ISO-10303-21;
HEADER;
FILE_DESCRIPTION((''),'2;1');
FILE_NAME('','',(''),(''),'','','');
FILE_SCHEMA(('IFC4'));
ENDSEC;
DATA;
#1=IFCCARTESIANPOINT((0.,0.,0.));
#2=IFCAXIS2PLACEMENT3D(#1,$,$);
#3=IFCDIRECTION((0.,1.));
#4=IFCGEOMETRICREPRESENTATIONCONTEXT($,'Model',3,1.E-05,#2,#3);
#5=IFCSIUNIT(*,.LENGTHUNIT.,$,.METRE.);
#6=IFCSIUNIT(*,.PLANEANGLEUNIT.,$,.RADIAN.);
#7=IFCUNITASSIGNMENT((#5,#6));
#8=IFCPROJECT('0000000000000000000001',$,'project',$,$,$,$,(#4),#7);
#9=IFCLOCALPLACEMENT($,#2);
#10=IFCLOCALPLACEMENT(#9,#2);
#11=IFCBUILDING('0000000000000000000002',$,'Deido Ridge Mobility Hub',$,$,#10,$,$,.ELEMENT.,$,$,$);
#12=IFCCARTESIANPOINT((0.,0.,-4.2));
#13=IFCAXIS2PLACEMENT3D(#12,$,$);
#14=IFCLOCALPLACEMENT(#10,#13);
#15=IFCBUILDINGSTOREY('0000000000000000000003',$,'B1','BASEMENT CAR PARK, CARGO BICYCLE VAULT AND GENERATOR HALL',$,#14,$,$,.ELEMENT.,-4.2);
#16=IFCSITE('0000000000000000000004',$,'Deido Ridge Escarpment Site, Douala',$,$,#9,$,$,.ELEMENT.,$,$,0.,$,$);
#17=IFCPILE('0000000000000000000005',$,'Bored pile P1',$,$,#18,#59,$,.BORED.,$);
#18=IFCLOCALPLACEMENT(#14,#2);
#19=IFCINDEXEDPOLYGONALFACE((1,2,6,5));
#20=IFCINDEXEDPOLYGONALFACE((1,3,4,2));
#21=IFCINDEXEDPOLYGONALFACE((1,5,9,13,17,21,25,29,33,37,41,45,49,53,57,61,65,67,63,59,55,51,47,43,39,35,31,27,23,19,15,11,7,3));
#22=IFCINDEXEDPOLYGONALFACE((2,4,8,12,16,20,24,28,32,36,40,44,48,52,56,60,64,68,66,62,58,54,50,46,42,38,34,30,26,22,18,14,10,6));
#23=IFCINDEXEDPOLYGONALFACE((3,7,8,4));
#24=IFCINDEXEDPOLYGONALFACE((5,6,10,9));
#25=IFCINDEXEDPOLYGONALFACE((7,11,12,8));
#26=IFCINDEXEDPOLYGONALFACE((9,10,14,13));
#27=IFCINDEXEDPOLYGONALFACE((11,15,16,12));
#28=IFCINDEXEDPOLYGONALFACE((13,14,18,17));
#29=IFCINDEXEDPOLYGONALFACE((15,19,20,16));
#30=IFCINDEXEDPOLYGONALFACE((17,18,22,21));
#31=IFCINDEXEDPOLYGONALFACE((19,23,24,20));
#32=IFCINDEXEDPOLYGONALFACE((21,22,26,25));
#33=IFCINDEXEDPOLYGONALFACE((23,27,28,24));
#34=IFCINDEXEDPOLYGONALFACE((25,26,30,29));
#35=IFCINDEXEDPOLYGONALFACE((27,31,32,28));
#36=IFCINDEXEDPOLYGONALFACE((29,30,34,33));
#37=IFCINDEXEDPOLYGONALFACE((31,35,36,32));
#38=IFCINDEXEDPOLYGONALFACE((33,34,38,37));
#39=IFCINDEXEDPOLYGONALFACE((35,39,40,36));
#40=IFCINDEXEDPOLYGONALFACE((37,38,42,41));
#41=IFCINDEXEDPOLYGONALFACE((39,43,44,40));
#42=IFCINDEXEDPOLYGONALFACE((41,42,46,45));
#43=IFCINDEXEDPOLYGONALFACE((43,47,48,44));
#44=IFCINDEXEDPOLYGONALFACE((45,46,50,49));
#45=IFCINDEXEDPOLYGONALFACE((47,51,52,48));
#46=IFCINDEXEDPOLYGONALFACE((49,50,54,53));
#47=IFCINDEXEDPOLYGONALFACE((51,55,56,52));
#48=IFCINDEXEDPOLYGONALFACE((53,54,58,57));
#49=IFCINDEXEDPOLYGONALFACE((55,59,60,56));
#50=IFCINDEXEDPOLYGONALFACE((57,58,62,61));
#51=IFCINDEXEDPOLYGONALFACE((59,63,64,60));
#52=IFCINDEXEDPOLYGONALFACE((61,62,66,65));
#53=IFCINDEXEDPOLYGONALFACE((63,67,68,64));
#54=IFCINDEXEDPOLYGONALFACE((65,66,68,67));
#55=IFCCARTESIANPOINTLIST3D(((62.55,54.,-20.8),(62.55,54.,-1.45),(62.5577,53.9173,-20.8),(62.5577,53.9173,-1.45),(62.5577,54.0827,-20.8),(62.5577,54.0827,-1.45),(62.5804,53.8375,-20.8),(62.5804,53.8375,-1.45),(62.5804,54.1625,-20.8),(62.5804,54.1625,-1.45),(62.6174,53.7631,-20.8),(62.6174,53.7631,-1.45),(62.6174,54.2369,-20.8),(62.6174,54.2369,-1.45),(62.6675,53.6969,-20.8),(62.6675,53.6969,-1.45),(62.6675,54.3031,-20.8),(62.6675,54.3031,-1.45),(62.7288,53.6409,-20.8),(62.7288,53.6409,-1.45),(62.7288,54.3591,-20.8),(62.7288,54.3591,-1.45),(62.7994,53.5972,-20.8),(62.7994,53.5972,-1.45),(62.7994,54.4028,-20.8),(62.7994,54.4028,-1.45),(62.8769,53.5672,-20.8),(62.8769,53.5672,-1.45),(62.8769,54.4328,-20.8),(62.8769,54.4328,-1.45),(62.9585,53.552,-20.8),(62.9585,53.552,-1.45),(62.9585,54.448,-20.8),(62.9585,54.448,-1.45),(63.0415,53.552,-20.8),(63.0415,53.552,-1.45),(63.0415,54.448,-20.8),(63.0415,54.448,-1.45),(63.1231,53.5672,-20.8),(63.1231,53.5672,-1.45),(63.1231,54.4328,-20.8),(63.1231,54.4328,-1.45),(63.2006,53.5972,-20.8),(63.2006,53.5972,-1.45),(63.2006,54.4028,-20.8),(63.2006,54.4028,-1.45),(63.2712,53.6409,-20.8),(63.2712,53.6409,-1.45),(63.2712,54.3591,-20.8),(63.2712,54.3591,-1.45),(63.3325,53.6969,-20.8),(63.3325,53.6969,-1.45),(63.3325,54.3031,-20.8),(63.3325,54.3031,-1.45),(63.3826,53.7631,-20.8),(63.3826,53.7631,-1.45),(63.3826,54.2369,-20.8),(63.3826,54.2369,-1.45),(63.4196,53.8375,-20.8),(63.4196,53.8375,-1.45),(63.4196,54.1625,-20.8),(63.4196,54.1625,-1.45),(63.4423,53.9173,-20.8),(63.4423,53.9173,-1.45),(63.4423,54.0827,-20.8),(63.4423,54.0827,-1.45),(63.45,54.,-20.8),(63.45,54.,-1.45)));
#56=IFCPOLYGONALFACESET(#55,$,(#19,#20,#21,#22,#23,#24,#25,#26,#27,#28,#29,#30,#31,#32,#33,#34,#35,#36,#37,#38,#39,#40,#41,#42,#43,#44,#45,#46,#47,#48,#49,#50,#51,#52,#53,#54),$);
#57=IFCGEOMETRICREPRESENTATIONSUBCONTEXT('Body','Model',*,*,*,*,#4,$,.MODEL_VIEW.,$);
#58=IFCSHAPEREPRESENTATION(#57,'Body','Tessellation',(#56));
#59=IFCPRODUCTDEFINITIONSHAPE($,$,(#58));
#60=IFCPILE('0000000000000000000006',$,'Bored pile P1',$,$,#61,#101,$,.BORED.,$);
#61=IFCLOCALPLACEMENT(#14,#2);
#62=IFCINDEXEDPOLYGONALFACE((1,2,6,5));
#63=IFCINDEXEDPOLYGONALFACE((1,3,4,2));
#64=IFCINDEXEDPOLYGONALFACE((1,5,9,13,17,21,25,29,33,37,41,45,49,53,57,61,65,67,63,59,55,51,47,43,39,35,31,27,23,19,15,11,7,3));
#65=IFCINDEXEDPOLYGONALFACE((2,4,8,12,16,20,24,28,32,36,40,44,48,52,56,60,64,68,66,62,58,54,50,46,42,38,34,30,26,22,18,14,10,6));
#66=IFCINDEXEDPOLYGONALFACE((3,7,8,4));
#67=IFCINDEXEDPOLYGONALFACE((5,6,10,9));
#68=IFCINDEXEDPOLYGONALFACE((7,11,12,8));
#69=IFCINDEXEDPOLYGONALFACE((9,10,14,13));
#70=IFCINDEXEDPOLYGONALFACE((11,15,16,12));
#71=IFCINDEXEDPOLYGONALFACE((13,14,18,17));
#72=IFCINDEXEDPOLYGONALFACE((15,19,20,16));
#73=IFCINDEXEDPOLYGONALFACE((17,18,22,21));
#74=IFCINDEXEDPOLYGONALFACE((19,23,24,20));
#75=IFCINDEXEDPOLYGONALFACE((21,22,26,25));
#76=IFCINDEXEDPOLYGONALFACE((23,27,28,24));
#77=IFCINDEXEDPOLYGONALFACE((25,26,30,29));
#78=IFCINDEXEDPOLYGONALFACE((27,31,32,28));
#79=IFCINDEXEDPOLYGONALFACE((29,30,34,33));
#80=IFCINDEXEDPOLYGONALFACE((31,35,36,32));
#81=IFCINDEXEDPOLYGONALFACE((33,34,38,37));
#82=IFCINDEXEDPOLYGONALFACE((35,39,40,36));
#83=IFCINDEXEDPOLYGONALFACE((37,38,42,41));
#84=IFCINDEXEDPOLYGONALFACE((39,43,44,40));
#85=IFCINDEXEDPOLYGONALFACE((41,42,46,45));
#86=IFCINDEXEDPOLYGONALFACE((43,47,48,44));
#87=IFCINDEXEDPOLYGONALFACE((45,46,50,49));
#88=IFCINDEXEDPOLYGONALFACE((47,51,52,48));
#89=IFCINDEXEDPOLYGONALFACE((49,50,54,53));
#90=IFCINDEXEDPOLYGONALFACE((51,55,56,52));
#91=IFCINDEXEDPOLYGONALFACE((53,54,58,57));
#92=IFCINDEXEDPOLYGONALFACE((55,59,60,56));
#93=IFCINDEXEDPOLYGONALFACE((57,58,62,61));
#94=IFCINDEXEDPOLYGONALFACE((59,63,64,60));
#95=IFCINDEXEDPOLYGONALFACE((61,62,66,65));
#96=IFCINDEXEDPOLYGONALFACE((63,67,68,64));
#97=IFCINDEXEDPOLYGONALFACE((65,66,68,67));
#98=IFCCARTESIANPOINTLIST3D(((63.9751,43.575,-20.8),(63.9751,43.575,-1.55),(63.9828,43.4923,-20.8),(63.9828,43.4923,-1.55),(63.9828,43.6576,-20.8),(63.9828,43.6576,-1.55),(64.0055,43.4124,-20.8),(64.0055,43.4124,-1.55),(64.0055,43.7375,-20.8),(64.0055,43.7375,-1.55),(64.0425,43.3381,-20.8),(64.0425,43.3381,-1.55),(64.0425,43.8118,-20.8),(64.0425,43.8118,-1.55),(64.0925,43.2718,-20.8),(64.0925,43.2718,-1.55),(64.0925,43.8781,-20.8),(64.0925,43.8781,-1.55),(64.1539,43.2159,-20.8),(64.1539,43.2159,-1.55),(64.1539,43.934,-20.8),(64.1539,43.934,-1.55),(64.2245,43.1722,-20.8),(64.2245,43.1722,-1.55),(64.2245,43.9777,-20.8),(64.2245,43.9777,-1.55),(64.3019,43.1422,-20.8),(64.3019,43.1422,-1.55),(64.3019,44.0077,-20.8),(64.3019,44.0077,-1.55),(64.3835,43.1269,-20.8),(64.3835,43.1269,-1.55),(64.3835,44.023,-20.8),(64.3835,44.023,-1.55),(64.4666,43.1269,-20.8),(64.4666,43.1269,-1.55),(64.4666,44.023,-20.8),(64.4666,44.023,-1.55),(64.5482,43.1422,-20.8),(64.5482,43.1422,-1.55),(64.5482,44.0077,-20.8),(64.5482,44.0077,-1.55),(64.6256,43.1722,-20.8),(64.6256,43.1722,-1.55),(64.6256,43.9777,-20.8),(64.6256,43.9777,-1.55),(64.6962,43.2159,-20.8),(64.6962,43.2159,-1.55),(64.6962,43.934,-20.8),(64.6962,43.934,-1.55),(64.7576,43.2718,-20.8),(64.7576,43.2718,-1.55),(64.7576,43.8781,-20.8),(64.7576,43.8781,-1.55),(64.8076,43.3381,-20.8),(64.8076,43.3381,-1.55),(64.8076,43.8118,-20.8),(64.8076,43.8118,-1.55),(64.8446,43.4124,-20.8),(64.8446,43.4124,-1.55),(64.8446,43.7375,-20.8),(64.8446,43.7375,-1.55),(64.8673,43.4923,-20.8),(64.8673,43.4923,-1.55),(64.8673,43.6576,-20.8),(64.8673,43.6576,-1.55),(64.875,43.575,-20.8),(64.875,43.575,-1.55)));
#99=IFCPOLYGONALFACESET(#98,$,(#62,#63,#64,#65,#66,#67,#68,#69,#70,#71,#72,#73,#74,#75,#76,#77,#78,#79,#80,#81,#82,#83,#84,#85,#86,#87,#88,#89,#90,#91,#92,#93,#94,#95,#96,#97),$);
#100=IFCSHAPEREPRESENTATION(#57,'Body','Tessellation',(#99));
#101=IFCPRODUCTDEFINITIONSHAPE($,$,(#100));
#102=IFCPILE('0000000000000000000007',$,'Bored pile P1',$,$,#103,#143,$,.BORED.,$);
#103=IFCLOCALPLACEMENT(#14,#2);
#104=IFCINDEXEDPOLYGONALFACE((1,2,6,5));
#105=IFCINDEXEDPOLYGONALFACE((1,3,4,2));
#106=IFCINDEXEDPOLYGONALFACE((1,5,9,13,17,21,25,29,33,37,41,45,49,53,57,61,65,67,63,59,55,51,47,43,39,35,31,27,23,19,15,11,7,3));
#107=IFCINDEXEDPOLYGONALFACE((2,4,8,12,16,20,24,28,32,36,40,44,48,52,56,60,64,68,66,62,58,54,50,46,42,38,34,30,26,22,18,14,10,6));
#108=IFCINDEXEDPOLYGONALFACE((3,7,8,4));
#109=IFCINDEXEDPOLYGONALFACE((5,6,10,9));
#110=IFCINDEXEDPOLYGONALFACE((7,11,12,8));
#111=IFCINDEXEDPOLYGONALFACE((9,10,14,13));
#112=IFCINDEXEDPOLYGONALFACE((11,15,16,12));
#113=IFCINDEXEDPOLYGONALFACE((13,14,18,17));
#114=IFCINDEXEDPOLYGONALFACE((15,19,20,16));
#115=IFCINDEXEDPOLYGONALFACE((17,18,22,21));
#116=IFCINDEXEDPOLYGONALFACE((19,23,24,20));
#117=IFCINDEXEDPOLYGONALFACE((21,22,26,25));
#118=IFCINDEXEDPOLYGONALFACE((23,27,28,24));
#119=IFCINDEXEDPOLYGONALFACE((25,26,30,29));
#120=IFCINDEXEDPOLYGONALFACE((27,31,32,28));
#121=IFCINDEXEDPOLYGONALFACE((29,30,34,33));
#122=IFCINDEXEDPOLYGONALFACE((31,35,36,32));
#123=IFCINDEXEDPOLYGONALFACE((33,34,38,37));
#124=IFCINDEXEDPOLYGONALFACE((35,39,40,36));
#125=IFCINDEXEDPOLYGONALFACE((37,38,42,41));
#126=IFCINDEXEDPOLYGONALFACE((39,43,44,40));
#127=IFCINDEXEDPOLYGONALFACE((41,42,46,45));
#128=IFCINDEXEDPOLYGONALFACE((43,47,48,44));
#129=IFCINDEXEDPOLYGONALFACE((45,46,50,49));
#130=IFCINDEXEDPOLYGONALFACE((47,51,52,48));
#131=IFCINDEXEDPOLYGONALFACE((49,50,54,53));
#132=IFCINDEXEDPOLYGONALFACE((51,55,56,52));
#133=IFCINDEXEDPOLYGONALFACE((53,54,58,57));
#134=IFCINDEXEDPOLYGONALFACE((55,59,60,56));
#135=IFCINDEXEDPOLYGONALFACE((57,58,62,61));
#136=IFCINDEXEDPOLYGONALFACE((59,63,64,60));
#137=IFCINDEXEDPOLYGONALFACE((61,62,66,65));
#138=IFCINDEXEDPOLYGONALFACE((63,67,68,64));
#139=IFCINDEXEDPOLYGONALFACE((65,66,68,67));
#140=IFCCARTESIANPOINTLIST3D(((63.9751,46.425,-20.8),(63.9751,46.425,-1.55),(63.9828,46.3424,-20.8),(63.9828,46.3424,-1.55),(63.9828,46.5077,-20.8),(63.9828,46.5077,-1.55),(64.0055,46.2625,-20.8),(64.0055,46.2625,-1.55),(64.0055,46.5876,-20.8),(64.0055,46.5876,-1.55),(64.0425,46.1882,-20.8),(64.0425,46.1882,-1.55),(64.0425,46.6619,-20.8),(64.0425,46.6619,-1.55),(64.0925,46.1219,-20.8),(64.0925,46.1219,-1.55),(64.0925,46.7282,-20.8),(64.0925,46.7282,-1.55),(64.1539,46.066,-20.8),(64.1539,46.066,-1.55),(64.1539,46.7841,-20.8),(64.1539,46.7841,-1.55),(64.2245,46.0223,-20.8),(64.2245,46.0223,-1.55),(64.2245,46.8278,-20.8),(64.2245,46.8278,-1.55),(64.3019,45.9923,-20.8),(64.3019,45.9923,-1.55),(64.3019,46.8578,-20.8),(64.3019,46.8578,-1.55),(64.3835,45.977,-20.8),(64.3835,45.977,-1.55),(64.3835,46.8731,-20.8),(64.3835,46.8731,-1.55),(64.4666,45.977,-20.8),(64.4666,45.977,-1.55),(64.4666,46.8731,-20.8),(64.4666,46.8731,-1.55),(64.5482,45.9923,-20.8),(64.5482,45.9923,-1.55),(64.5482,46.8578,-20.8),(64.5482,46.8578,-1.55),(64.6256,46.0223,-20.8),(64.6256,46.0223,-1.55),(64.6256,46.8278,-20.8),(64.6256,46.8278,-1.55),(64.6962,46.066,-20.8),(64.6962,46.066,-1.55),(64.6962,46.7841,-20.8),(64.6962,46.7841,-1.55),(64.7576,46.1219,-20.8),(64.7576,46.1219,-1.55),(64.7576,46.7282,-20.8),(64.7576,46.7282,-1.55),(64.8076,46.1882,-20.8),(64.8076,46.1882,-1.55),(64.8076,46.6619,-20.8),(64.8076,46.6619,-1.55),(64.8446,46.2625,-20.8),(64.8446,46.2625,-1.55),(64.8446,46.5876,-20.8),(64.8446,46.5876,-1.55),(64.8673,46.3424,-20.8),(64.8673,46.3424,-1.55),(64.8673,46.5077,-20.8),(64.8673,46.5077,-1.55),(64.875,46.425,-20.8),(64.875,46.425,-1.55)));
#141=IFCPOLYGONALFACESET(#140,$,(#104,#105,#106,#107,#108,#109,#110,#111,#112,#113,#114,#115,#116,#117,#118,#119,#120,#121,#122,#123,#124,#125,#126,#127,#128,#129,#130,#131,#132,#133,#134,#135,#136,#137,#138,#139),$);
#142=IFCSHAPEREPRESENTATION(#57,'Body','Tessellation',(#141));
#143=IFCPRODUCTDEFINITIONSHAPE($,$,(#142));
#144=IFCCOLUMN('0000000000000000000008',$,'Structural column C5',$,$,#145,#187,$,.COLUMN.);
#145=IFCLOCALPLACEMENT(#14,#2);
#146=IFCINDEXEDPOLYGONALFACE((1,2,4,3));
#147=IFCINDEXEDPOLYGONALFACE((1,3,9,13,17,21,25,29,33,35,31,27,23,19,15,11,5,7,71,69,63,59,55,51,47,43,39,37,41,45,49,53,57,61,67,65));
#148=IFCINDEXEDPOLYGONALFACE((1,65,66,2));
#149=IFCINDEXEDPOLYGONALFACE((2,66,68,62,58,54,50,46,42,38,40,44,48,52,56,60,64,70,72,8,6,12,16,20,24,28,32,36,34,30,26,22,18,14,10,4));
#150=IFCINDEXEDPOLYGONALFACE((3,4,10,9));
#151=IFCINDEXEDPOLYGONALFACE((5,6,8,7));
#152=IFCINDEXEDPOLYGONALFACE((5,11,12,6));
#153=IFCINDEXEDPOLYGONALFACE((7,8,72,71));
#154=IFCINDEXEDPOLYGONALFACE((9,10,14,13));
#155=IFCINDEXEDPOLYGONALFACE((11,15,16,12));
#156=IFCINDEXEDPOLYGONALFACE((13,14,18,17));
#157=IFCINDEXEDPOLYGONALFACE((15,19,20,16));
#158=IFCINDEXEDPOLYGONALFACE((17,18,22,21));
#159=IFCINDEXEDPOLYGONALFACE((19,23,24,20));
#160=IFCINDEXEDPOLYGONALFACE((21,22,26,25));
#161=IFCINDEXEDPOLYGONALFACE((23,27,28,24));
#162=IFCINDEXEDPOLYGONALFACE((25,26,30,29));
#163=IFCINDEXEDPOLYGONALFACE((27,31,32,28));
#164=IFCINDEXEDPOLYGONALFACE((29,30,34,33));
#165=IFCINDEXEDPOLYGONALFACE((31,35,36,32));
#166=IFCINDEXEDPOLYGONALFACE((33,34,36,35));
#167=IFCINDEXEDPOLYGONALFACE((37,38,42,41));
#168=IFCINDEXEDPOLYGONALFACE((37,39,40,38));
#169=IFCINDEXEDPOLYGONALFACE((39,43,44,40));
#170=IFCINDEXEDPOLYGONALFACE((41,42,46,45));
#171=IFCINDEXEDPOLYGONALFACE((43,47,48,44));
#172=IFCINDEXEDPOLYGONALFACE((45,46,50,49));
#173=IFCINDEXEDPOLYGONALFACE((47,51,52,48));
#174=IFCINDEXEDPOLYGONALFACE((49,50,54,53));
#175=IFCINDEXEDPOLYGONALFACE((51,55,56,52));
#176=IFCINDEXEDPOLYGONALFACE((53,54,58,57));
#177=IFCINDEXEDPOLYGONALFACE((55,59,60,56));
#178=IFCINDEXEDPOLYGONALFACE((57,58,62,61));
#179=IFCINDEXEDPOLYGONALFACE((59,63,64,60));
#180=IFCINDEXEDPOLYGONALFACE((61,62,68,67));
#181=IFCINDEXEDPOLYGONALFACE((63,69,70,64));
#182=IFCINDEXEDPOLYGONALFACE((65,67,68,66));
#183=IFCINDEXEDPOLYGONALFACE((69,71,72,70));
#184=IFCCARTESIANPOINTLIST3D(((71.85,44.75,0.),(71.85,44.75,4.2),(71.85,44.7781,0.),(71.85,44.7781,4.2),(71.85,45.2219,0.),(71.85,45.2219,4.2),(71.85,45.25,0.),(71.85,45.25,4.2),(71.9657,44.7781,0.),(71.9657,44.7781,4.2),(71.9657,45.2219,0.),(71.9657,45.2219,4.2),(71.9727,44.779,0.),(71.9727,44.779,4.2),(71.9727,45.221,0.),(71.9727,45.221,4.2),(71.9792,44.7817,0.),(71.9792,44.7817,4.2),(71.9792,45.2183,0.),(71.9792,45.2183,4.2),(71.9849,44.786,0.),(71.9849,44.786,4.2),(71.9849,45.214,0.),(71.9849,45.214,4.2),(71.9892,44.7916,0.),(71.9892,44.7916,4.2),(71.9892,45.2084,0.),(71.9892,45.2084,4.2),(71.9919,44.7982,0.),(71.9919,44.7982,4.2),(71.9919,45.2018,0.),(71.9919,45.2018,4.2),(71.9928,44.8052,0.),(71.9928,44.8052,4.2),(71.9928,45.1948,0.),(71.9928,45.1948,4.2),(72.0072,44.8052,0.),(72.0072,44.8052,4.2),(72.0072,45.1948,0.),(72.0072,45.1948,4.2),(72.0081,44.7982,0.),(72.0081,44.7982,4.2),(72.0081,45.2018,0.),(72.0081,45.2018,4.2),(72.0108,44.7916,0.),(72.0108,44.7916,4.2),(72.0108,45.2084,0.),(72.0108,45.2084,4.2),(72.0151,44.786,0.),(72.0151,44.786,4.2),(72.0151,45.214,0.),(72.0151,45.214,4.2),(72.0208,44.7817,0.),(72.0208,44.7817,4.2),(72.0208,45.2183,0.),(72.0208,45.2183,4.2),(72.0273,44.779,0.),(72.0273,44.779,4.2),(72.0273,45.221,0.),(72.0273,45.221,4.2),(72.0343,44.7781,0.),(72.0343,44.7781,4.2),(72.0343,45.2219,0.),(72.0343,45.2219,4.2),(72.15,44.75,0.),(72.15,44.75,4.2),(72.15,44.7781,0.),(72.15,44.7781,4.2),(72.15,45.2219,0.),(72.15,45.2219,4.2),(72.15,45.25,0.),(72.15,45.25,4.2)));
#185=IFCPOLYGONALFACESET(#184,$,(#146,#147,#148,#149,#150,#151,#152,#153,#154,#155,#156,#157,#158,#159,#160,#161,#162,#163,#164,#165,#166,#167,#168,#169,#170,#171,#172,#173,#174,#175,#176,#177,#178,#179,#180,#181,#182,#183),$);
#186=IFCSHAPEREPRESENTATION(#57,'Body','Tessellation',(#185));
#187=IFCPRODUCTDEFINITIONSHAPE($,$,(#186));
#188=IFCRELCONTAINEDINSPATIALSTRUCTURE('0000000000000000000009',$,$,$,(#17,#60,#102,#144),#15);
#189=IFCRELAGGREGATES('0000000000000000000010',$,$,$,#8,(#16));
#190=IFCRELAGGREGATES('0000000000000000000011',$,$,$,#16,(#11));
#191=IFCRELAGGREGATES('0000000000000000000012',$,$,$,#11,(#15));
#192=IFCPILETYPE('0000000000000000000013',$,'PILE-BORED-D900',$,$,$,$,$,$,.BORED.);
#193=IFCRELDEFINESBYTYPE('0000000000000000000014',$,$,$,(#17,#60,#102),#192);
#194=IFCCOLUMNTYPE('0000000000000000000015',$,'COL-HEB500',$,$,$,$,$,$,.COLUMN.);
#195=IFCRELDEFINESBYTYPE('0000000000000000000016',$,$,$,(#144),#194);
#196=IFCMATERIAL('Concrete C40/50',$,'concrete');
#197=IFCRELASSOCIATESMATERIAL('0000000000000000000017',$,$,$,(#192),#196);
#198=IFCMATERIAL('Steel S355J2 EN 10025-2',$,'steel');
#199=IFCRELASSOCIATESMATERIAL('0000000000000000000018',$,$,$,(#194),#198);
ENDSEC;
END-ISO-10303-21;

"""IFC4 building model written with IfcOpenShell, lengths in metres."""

from ifc_helpers import new_model, si_unit, direction, frame, origin, origin_2d, place, context, subcontext, project, spatial, circle, i_section, extrude, material, material_profile, profile_set, type_object, element, save


model = new_model("IFC4")

# Units and contexts
model_context = context("Model", 3, precision=1e-05, world=origin(), true_north=direction((0.0, 1.0)))
body_context = subcontext(model_context, "Body", "Model", "MODEL_VIEW")
ifc_project = project(units=[si_unit("LENGTHUNIT", "METRE"), si_unit("PLANEANGLEUNIT", "RADIAN")], contexts=[model_context])

# Site, building, storey
site_placement = place(None, origin())
site = spatial("IfcSite", under=ifc_project, at=site_placement, Name="Deido Ridge Escarpment Site, Douala", CompositionType="ELEMENT", RefElevation=0.0)
building_placement = place(site_placement, origin())
building = spatial("IfcBuilding", under=site, at=building_placement, Name="Deido Ridge Mobility Hub", CompositionType="ELEMENT")
storey_placement = place(building_placement, frame((0.0, 0.0, -4.2)))
storey = spatial("IfcBuildingStorey", under=building, at=storey_placement, Name="B1", Description="BASEMENT CAR PARK, CARGO BICYCLE VAULT AND GENERATOR HALL", CompositionType="ELEMENT", Elevation=-4.2)

# Shared definitions
ifc_material_1 = material(Name="Concrete C40/50", Category="concrete")

# Piles
ifc_material_profile_1 = material_profile(ifc_material_1, circle(Radius=0.45, at=origin_2d()), Name="BORED PILE D900")
ifc_profile_set_1 = profile_set([ifc_material_profile_1], Name="Concrete C40/50")
pile_type = type_object("IfcPileType", Name="PILE-BORED-D900", PredefinedType="BORED", material=ifc_profile_set_1)
pile_placement = place(storey_placement, frame((63.0, 54.0, -1.45), z_axis=(0.0, 0.0, -1.0), x_axis=(1.0, 0.0, 0.0)))
element("IfcPile", 1, at=pile_placement, inside=storey, type_object=pile_type, Name="Bored pile P1", PredefinedType="BORED", context=body_context, shape_type="SweptSolid", body=[
    extrude(circle(Radius=0.45, at=origin_2d()), origin(), (0.0, 0.0, 1.0), 19.3501),
])
for number, where, z_axis, x_axis, name in (
    (2, (64.425, 43.575, -1.55), (0.0, 0.0, -1.0), (1.0, 0.0, 0.0), "Bored pile P1"),
    (3, (64.425, 46.425, -1.55), (0.0, 0.0, -1.0), (1.0, 0.0, 0.0), "Bored pile P1"),
):
    element("IfcPile", number, at=place(storey_placement, frame(where, z_axis=z_axis, x_axis=x_axis)), inside=storey, type_object=pile_type, Name=name, PredefinedType="BORED", context=body_context, shape_type="SweptSolid", body=[
        extrude(circle(Radius=0.45, at=origin_2d()), origin(), (0.0, 0.0, 1.0), 19.25),
    ])

# Column
ifc_material_2 = material(Name="Steel S355J2 EN 10025-2", Category="steel")
ifc_material_profile_2 = material_profile(ifc_material_2, i_section(OverallWidth=0.3, OverallDepth=0.5, WebThickness=0.0144, FlangeThickness=0.0281, FilletRadius=0.0271, at=origin_2d()), Name="HEB 500")
ifc_profile_set_2 = profile_set([ifc_material_profile_2], Name="Steel S355J2 EN 10025-2")
column_type = type_object("IfcColumnType", Name="COL-HEB500", PredefinedType="COLUMN", material=ifc_profile_set_2)
for number, where, z_axis, x_axis, name in (
    (4, (72.0, 45.0, 0.0), (0.0, 0.0, 1.0), (1.0, 0.0, 0.0), "Structural column C5"),
):
    element("IfcColumn", number, at=place(storey_placement, frame(where, z_axis=z_axis, x_axis=x_axis)), inside=storey, type_object=column_type, Name=name, PredefinedType="COLUMN", context=body_context, shape_type="SweptSolid", body=[
        extrude(i_section(OverallWidth=0.3, OverallDepth=0.5, WebThickness=0.0144, FlangeThickness=0.0281, FilletRadius=0.0271, at=origin_2d()), origin(), (0.0, 0.0, 1.0), 4.2),
    ])

save(model, "model.ifc")
